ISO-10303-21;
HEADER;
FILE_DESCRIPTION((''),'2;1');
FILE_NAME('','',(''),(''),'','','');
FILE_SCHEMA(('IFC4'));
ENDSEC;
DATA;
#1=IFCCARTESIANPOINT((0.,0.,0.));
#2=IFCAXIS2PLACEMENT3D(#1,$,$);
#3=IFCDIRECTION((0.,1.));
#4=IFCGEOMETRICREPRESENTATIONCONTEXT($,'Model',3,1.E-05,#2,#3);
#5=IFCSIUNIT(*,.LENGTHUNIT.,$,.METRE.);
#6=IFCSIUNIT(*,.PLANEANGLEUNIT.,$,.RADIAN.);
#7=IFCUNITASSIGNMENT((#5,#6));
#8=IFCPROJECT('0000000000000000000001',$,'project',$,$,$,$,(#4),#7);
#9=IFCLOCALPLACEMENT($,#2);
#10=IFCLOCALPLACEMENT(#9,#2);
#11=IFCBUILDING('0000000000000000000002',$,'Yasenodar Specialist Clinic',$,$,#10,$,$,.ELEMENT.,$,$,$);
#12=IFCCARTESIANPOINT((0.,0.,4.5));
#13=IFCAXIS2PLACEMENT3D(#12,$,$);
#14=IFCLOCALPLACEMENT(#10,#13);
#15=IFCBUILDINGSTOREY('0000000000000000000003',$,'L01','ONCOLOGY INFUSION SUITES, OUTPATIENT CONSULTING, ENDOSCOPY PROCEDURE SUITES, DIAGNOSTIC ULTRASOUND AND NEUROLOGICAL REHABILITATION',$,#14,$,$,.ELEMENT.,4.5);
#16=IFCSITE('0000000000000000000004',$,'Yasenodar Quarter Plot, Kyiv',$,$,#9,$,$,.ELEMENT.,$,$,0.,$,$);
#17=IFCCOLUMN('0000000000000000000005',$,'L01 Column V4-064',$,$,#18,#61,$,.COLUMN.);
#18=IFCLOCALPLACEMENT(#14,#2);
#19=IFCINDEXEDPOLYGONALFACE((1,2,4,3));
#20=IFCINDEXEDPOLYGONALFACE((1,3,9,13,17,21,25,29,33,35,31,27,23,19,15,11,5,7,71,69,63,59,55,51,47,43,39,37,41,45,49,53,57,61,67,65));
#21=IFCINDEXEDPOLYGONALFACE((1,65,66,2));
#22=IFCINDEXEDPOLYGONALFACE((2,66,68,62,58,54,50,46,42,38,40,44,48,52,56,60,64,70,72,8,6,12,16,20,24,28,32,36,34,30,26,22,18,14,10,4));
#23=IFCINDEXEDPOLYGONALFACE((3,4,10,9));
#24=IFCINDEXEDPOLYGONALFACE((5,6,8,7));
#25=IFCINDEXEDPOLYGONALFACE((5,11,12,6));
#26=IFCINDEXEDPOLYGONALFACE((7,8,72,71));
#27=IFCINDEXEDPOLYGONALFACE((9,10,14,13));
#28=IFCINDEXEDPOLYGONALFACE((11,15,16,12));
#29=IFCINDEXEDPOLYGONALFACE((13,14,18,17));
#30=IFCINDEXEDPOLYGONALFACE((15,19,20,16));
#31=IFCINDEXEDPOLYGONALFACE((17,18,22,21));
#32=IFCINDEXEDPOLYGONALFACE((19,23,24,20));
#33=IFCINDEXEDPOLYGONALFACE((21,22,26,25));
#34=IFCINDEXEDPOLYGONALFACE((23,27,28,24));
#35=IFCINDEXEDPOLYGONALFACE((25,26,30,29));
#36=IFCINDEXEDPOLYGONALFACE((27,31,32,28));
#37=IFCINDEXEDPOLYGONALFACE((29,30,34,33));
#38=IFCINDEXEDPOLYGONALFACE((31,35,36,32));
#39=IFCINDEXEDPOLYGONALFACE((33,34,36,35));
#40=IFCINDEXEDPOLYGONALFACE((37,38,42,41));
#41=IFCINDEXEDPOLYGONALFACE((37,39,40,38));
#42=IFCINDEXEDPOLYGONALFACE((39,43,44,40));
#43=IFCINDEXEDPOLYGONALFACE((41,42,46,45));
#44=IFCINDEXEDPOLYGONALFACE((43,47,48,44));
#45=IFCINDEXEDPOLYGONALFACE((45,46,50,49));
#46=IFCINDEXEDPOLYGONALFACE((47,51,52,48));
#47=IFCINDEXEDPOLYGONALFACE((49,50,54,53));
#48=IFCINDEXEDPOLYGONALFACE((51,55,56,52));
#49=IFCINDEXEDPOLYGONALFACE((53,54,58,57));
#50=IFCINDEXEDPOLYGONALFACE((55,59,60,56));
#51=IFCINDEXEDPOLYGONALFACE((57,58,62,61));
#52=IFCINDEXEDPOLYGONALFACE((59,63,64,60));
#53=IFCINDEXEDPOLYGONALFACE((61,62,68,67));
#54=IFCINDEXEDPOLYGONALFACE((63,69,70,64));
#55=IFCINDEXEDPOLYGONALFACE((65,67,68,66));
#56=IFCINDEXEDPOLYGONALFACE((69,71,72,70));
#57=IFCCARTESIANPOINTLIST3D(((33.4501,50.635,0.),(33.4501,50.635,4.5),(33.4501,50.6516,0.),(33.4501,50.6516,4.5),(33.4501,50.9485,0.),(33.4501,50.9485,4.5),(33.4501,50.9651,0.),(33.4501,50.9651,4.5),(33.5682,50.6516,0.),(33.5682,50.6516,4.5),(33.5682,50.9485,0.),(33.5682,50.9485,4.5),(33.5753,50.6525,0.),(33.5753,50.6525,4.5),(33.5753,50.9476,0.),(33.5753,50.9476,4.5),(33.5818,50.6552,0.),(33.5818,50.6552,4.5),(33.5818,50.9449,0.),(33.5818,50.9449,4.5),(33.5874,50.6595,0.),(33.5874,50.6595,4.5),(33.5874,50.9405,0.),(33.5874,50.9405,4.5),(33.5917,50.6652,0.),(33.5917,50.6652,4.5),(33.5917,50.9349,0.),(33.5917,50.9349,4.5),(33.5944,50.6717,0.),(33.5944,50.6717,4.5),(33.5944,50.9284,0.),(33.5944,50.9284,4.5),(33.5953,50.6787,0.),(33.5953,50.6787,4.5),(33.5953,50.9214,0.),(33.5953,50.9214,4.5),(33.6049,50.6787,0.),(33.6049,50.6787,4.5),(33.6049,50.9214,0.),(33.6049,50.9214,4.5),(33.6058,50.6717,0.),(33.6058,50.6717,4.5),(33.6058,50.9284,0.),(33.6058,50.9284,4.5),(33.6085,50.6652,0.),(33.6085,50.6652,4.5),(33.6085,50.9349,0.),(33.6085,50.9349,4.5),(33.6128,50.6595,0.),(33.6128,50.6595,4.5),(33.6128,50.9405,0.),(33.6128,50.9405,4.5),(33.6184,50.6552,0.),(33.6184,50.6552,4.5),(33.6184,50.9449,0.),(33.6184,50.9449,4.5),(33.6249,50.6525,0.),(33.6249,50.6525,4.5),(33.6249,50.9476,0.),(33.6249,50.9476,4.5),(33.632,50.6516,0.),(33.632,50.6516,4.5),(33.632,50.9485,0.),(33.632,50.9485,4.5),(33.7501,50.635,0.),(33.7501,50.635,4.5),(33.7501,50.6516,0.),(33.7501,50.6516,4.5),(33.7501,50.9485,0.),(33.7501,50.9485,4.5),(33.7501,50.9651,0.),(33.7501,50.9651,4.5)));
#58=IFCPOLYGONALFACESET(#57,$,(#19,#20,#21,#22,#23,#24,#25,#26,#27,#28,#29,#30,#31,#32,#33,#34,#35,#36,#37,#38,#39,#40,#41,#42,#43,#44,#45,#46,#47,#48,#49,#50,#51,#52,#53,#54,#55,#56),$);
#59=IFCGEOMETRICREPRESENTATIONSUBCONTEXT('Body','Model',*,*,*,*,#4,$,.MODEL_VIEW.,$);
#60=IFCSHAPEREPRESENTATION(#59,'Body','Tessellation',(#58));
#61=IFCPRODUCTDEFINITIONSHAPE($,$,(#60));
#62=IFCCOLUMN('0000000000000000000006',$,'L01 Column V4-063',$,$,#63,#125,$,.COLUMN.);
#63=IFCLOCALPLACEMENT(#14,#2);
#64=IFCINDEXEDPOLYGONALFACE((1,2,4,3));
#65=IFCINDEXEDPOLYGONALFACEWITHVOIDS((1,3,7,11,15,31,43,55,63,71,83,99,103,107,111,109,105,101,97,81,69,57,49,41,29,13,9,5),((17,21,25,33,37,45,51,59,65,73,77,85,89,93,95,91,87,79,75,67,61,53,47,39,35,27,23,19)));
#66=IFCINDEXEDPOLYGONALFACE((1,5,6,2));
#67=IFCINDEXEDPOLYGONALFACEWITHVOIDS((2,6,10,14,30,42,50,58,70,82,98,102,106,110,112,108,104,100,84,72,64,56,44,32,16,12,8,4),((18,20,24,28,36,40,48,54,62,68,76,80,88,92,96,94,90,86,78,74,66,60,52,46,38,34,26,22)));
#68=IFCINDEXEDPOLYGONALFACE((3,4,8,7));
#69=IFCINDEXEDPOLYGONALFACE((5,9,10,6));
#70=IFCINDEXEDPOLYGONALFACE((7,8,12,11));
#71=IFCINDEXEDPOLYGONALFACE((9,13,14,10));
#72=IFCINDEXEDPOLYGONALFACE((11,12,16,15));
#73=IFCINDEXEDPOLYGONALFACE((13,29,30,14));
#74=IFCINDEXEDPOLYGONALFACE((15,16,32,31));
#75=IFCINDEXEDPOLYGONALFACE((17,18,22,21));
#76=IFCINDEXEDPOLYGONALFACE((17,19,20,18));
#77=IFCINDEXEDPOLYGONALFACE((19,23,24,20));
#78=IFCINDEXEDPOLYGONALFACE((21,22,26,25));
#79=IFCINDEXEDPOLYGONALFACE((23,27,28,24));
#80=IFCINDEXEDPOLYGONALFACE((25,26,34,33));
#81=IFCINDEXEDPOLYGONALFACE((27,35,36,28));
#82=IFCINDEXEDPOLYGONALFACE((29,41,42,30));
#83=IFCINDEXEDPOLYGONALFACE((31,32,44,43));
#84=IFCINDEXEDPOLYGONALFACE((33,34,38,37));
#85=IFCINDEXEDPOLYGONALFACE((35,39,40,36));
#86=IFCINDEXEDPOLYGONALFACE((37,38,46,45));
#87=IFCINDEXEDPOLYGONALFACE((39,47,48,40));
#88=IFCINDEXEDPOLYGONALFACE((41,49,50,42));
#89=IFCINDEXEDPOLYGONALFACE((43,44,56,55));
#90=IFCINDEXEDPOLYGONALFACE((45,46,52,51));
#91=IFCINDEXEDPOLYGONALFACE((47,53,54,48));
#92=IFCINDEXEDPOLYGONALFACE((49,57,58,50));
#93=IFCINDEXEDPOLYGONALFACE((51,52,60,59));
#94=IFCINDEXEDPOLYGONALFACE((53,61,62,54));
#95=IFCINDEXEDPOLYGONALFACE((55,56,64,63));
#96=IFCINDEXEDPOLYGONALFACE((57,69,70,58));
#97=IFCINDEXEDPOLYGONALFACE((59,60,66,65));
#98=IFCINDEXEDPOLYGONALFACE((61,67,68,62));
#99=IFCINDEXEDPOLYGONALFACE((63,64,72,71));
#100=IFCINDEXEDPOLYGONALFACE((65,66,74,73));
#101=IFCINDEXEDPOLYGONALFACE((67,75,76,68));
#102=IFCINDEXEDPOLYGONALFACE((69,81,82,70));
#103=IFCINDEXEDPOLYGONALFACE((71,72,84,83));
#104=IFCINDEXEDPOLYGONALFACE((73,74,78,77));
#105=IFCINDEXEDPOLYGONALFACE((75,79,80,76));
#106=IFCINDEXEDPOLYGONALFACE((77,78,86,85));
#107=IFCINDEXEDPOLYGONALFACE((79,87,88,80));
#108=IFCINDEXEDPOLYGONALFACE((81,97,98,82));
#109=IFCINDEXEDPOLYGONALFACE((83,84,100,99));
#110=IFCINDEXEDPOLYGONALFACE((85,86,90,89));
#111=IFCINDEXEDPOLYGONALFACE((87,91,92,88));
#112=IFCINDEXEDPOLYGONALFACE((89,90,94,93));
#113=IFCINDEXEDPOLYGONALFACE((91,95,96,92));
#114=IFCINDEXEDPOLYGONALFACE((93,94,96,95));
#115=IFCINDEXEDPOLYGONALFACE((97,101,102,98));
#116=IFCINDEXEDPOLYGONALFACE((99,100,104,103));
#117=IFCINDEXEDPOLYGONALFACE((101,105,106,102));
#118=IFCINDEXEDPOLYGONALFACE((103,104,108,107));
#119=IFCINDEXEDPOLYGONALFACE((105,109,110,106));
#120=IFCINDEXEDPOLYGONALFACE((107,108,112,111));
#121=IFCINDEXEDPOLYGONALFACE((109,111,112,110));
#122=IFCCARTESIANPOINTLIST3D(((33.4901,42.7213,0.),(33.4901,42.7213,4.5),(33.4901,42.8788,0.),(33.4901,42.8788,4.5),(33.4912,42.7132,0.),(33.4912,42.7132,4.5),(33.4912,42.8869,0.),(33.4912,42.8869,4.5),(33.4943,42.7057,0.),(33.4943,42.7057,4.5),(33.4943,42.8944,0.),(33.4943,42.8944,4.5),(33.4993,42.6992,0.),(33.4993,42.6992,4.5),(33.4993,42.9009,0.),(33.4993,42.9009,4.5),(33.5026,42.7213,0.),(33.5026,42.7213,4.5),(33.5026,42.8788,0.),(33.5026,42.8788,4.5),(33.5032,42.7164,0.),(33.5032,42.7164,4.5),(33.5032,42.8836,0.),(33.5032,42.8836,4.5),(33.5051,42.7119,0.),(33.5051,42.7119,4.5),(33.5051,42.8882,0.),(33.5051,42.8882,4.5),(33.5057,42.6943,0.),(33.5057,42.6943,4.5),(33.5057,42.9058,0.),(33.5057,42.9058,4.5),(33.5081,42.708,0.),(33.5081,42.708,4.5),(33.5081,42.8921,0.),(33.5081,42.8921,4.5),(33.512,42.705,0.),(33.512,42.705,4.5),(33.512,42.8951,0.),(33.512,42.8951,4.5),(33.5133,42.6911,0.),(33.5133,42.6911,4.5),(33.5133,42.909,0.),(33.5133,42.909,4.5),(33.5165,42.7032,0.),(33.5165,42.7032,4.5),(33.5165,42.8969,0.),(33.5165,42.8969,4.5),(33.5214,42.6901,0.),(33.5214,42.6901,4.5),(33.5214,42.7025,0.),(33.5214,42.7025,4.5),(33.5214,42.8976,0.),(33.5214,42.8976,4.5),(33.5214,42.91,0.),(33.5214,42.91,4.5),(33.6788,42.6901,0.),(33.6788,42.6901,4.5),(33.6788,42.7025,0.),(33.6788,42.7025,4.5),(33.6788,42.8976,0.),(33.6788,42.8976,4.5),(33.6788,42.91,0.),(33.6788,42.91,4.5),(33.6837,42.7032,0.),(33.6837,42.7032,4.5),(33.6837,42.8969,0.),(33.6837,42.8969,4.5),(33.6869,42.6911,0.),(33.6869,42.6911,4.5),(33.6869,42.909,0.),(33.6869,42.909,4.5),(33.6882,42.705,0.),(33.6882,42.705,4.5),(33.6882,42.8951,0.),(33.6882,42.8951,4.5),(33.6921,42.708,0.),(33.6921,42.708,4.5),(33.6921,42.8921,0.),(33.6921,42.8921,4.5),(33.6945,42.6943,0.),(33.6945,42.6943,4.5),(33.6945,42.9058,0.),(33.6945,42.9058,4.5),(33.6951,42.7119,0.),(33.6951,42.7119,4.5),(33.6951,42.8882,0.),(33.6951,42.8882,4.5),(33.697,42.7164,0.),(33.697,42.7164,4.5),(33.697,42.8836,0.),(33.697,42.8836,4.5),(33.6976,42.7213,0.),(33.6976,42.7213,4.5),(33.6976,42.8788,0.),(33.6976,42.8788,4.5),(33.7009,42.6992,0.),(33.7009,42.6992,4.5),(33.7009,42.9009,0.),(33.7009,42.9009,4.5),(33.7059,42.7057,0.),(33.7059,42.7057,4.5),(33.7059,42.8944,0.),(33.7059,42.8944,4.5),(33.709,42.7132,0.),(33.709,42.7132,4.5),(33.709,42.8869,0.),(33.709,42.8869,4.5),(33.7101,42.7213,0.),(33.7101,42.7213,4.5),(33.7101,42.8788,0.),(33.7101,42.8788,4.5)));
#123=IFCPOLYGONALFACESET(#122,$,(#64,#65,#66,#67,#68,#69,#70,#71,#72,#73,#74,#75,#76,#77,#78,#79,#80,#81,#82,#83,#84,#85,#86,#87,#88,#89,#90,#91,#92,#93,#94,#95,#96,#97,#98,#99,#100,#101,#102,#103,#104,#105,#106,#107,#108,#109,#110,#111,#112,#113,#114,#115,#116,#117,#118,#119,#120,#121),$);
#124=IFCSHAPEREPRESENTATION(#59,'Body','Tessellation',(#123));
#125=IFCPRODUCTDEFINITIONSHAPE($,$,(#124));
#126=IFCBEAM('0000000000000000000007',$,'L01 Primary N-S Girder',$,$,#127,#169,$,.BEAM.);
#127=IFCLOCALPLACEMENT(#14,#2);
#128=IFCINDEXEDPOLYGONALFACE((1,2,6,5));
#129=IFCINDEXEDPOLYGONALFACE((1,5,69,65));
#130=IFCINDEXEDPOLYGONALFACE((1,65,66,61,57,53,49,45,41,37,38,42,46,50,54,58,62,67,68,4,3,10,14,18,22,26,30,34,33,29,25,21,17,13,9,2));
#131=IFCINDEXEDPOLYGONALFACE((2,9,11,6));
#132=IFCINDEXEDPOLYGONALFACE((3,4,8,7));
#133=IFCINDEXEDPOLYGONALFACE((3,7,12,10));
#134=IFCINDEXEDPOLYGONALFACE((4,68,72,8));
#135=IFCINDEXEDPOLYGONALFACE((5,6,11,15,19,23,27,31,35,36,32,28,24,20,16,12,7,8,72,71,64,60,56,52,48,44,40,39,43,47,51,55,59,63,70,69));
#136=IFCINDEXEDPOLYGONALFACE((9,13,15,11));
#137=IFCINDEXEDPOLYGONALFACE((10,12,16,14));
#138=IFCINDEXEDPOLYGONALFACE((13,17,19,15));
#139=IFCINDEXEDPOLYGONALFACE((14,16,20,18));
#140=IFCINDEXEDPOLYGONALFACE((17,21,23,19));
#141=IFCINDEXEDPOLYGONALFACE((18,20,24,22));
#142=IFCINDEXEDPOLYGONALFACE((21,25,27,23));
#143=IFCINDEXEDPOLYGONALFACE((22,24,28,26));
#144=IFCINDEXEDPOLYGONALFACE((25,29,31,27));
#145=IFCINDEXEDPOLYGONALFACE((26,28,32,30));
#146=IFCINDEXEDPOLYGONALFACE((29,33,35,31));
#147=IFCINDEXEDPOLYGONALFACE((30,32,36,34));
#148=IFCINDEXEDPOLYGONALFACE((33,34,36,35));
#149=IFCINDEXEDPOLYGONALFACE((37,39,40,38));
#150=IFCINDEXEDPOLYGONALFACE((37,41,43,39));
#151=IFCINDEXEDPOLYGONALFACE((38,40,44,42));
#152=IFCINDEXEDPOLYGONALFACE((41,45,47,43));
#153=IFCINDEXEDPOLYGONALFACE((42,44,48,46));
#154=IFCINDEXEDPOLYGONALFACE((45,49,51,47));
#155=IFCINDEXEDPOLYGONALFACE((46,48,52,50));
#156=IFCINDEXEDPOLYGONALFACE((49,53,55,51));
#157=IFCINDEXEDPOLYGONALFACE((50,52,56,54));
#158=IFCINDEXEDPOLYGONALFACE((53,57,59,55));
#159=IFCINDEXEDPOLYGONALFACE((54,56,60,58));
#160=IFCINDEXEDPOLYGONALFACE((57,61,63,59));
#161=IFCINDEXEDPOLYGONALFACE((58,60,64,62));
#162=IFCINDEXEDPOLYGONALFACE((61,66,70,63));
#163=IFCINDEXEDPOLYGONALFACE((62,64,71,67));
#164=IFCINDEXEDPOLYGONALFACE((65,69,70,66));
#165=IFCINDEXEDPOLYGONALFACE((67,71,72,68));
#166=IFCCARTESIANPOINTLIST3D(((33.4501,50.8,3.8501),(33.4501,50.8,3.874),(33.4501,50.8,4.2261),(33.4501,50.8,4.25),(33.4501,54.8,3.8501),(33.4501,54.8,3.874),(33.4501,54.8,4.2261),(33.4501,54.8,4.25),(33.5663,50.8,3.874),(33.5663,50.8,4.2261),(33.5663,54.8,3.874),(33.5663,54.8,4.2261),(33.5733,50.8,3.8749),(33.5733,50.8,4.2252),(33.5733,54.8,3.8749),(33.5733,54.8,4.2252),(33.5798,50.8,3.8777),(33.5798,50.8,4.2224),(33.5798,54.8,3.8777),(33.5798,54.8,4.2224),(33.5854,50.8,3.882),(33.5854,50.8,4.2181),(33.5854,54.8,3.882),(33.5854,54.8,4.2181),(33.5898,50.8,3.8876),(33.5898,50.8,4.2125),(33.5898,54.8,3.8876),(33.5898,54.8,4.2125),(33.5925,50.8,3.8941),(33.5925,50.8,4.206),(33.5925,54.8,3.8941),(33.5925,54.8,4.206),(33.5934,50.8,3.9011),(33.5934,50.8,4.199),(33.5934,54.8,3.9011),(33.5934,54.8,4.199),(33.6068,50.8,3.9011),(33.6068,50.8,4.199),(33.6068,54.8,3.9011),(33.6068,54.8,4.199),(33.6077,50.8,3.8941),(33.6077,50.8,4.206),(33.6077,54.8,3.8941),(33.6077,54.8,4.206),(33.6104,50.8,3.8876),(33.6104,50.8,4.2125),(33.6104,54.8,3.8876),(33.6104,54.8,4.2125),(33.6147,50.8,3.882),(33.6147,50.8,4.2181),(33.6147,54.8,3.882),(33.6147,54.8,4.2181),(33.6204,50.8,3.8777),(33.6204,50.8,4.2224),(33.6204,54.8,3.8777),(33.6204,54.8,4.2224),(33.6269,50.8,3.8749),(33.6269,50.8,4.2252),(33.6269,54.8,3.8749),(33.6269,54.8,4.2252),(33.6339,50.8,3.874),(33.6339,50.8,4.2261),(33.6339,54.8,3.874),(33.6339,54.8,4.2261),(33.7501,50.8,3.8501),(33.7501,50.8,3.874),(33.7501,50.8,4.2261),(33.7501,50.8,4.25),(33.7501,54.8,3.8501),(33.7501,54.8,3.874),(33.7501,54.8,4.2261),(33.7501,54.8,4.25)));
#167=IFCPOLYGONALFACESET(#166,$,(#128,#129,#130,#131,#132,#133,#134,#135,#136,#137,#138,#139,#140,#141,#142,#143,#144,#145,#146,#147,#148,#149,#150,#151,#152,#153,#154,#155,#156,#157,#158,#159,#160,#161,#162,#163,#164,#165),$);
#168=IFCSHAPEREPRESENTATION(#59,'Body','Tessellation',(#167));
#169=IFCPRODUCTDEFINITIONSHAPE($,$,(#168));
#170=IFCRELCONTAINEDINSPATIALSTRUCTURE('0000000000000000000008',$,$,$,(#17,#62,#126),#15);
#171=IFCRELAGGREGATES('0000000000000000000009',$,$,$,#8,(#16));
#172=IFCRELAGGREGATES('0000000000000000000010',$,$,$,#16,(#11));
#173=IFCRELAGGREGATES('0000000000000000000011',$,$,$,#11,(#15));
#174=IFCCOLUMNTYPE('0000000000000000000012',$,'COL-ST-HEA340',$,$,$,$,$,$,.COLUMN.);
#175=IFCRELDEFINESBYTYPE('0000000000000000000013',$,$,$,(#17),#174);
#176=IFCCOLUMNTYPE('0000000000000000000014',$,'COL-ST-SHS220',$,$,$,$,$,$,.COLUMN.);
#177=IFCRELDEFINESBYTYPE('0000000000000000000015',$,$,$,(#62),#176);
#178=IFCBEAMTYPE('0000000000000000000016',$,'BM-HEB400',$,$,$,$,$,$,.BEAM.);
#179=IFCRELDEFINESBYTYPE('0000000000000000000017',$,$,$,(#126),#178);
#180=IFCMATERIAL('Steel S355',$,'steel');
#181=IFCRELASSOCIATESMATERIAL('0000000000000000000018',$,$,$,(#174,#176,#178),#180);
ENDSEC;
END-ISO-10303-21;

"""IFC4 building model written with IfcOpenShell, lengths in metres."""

from ifc_helpers import new_model, si_unit, direction, frame, origin, origin_2d, place, context, subcontext, project, spatial, hollow_rectangle, i_section, extrude, material, material_profile, profile_set, type_object, element, save


model = new_model("IFC4")

# Units and contexts
model_context = context("Model", 3, precision=1e-05, world=origin(), true_north=direction((0.0, 1.0)))
body_context = subcontext(model_context, "Body", "Model", "MODEL_VIEW")
ifc_project = project(units=[si_unit("LENGTHUNIT", "METRE"), si_unit("PLANEANGLEUNIT", "RADIAN")], contexts=[model_context])

# Site, building, storey
site_placement = place(None, origin())
site = spatial("IfcSite", under=ifc_project, at=site_placement, Name="Yasenodar Quarter Plot, Kyiv", CompositionType="ELEMENT", RefElevation=0.0)
building_placement = place(site_placement, origin())
building = spatial("IfcBuilding", under=site, at=building_placement, Name="Yasenodar Specialist Clinic", CompositionType="ELEMENT")
storey_placement = place(building_placement, frame((0.0, 0.0, 4.5)))
storey = spatial("IfcBuildingStorey", under=building, at=storey_placement, Name="L01", Description="ONCOLOGY INFUSION SUITES, OUTPATIENT CONSULTING, ENDOSCOPY PROCEDURE SUITES, DIAGNOSTIC ULTRASOUND AND NEUROLOGICAL REHABILITATION", CompositionType="ELEMENT", Elevation=4.5)

# Columns
ifc_material_1 = material(Name="Steel S355", Category="steel")
ifc_material_profile_1 = material_profile(ifc_material_1, i_section(OverallWidth=0.3, OverallDepth=0.3301, WebThickness=0.0095, FlangeThickness=0.0166, FilletRadius=0.0271, at=origin_2d()), Name="HEA 340")
ifc_profile_set_1 = profile_set([ifc_material_profile_1], Name="Steel S355")
column_type_1 = type_object("IfcColumnType", Name="COL-ST-HEA340", PredefinedType="COLUMN", material=ifc_profile_set_1)
column_1_placement = place(storey_placement, frame((33.6001, 50.8, 0.0), z_axis=(0.0, 0.0, 1.0), x_axis=(1.0, 0.0, 0.0)))
element("IfcColumn", 1, at=column_1_placement, inside=storey, type_object=column_type_1, Name="L01 Column V4-064", PredefinedType="COLUMN", context=body_context, shape_type="SweptSolid", body=[
    extrude(i_section(OverallWidth=0.3, OverallDepth=0.3301, WebThickness=0.0095, FlangeThickness=0.0166, FilletRadius=0.0271, at=origin_2d()), origin(), (0.0, 0.0, 1.0), 4.5),
])
ifc_material_profile_2 = material_profile(ifc_material_1, hollow_rectangle(XDim=0.22, YDim=0.22, WallThickness=0.0125, InnerFilletRadius=0.0188, OuterFilletRadius=0.0312, at=origin_2d()), Name="SHS 220x220x12.5")
ifc_profile_set_2 = profile_set([ifc_material_profile_2], Name="Steel S355")
column_type_2 = type_object("IfcColumnType", Name="COL-ST-SHS220", PredefinedType="COLUMN", material=ifc_profile_set_2)
column_2_placement = place(storey_placement, frame((33.6001, 42.8, 0.0), z_axis=(0.0, 0.0, 1.0), x_axis=(1.0, 0.0, 0.0)))
element("IfcColumn", 2, at=column_2_placement, inside=storey, type_object=column_type_2, Name="L01 Column V4-063", PredefinedType="COLUMN", context=body_context, shape_type="SweptSolid", body=[
    extrude(hollow_rectangle(XDim=0.22, YDim=0.22, WallThickness=0.0125, InnerFilletRadius=0.0188, OuterFilletRadius=0.0312, at=origin_2d()), origin(), (0.0, 0.0, 1.0), 4.5),
])

# Beam
ifc_material_profile_3 = material_profile(ifc_material_1, i_section(OverallWidth=0.3, OverallDepth=0.3999, WebThickness=0.0134, FlangeThickness=0.0239, FilletRadius=0.0271, at=origin_2d()), Name="HEB 400")
ifc_profile_set_3 = profile_set([ifc_material_profile_3], Name="Steel S355")
beam_type_1 = type_object("IfcBeamType", Name="BM-HEB400", PredefinedType="BEAM", material=ifc_profile_set_3)
beam_1_placement = place(storey_placement, frame((33.6001, 50.8, 4.05), z_axis=(0.0, 1.0, 0.0), x_axis=(-1.0, 0.0, 0.0)))
element("IfcBeam", 3, at=beam_1_placement, inside=storey, type_object=beam_type_1, Name="L01 Primary N-S Girder", PredefinedType="BEAM", context=body_context, shape_type="SweptSolid", body=[
    extrude(i_section(OverallWidth=0.3, OverallDepth=0.3999, WebThickness=0.0134, FlangeThickness=0.0239, FilletRadius=0.0271, at=origin_2d()), origin(), (0.0, 0.0, 1.0), 4.0),
])

save(model, "model.ifc")
